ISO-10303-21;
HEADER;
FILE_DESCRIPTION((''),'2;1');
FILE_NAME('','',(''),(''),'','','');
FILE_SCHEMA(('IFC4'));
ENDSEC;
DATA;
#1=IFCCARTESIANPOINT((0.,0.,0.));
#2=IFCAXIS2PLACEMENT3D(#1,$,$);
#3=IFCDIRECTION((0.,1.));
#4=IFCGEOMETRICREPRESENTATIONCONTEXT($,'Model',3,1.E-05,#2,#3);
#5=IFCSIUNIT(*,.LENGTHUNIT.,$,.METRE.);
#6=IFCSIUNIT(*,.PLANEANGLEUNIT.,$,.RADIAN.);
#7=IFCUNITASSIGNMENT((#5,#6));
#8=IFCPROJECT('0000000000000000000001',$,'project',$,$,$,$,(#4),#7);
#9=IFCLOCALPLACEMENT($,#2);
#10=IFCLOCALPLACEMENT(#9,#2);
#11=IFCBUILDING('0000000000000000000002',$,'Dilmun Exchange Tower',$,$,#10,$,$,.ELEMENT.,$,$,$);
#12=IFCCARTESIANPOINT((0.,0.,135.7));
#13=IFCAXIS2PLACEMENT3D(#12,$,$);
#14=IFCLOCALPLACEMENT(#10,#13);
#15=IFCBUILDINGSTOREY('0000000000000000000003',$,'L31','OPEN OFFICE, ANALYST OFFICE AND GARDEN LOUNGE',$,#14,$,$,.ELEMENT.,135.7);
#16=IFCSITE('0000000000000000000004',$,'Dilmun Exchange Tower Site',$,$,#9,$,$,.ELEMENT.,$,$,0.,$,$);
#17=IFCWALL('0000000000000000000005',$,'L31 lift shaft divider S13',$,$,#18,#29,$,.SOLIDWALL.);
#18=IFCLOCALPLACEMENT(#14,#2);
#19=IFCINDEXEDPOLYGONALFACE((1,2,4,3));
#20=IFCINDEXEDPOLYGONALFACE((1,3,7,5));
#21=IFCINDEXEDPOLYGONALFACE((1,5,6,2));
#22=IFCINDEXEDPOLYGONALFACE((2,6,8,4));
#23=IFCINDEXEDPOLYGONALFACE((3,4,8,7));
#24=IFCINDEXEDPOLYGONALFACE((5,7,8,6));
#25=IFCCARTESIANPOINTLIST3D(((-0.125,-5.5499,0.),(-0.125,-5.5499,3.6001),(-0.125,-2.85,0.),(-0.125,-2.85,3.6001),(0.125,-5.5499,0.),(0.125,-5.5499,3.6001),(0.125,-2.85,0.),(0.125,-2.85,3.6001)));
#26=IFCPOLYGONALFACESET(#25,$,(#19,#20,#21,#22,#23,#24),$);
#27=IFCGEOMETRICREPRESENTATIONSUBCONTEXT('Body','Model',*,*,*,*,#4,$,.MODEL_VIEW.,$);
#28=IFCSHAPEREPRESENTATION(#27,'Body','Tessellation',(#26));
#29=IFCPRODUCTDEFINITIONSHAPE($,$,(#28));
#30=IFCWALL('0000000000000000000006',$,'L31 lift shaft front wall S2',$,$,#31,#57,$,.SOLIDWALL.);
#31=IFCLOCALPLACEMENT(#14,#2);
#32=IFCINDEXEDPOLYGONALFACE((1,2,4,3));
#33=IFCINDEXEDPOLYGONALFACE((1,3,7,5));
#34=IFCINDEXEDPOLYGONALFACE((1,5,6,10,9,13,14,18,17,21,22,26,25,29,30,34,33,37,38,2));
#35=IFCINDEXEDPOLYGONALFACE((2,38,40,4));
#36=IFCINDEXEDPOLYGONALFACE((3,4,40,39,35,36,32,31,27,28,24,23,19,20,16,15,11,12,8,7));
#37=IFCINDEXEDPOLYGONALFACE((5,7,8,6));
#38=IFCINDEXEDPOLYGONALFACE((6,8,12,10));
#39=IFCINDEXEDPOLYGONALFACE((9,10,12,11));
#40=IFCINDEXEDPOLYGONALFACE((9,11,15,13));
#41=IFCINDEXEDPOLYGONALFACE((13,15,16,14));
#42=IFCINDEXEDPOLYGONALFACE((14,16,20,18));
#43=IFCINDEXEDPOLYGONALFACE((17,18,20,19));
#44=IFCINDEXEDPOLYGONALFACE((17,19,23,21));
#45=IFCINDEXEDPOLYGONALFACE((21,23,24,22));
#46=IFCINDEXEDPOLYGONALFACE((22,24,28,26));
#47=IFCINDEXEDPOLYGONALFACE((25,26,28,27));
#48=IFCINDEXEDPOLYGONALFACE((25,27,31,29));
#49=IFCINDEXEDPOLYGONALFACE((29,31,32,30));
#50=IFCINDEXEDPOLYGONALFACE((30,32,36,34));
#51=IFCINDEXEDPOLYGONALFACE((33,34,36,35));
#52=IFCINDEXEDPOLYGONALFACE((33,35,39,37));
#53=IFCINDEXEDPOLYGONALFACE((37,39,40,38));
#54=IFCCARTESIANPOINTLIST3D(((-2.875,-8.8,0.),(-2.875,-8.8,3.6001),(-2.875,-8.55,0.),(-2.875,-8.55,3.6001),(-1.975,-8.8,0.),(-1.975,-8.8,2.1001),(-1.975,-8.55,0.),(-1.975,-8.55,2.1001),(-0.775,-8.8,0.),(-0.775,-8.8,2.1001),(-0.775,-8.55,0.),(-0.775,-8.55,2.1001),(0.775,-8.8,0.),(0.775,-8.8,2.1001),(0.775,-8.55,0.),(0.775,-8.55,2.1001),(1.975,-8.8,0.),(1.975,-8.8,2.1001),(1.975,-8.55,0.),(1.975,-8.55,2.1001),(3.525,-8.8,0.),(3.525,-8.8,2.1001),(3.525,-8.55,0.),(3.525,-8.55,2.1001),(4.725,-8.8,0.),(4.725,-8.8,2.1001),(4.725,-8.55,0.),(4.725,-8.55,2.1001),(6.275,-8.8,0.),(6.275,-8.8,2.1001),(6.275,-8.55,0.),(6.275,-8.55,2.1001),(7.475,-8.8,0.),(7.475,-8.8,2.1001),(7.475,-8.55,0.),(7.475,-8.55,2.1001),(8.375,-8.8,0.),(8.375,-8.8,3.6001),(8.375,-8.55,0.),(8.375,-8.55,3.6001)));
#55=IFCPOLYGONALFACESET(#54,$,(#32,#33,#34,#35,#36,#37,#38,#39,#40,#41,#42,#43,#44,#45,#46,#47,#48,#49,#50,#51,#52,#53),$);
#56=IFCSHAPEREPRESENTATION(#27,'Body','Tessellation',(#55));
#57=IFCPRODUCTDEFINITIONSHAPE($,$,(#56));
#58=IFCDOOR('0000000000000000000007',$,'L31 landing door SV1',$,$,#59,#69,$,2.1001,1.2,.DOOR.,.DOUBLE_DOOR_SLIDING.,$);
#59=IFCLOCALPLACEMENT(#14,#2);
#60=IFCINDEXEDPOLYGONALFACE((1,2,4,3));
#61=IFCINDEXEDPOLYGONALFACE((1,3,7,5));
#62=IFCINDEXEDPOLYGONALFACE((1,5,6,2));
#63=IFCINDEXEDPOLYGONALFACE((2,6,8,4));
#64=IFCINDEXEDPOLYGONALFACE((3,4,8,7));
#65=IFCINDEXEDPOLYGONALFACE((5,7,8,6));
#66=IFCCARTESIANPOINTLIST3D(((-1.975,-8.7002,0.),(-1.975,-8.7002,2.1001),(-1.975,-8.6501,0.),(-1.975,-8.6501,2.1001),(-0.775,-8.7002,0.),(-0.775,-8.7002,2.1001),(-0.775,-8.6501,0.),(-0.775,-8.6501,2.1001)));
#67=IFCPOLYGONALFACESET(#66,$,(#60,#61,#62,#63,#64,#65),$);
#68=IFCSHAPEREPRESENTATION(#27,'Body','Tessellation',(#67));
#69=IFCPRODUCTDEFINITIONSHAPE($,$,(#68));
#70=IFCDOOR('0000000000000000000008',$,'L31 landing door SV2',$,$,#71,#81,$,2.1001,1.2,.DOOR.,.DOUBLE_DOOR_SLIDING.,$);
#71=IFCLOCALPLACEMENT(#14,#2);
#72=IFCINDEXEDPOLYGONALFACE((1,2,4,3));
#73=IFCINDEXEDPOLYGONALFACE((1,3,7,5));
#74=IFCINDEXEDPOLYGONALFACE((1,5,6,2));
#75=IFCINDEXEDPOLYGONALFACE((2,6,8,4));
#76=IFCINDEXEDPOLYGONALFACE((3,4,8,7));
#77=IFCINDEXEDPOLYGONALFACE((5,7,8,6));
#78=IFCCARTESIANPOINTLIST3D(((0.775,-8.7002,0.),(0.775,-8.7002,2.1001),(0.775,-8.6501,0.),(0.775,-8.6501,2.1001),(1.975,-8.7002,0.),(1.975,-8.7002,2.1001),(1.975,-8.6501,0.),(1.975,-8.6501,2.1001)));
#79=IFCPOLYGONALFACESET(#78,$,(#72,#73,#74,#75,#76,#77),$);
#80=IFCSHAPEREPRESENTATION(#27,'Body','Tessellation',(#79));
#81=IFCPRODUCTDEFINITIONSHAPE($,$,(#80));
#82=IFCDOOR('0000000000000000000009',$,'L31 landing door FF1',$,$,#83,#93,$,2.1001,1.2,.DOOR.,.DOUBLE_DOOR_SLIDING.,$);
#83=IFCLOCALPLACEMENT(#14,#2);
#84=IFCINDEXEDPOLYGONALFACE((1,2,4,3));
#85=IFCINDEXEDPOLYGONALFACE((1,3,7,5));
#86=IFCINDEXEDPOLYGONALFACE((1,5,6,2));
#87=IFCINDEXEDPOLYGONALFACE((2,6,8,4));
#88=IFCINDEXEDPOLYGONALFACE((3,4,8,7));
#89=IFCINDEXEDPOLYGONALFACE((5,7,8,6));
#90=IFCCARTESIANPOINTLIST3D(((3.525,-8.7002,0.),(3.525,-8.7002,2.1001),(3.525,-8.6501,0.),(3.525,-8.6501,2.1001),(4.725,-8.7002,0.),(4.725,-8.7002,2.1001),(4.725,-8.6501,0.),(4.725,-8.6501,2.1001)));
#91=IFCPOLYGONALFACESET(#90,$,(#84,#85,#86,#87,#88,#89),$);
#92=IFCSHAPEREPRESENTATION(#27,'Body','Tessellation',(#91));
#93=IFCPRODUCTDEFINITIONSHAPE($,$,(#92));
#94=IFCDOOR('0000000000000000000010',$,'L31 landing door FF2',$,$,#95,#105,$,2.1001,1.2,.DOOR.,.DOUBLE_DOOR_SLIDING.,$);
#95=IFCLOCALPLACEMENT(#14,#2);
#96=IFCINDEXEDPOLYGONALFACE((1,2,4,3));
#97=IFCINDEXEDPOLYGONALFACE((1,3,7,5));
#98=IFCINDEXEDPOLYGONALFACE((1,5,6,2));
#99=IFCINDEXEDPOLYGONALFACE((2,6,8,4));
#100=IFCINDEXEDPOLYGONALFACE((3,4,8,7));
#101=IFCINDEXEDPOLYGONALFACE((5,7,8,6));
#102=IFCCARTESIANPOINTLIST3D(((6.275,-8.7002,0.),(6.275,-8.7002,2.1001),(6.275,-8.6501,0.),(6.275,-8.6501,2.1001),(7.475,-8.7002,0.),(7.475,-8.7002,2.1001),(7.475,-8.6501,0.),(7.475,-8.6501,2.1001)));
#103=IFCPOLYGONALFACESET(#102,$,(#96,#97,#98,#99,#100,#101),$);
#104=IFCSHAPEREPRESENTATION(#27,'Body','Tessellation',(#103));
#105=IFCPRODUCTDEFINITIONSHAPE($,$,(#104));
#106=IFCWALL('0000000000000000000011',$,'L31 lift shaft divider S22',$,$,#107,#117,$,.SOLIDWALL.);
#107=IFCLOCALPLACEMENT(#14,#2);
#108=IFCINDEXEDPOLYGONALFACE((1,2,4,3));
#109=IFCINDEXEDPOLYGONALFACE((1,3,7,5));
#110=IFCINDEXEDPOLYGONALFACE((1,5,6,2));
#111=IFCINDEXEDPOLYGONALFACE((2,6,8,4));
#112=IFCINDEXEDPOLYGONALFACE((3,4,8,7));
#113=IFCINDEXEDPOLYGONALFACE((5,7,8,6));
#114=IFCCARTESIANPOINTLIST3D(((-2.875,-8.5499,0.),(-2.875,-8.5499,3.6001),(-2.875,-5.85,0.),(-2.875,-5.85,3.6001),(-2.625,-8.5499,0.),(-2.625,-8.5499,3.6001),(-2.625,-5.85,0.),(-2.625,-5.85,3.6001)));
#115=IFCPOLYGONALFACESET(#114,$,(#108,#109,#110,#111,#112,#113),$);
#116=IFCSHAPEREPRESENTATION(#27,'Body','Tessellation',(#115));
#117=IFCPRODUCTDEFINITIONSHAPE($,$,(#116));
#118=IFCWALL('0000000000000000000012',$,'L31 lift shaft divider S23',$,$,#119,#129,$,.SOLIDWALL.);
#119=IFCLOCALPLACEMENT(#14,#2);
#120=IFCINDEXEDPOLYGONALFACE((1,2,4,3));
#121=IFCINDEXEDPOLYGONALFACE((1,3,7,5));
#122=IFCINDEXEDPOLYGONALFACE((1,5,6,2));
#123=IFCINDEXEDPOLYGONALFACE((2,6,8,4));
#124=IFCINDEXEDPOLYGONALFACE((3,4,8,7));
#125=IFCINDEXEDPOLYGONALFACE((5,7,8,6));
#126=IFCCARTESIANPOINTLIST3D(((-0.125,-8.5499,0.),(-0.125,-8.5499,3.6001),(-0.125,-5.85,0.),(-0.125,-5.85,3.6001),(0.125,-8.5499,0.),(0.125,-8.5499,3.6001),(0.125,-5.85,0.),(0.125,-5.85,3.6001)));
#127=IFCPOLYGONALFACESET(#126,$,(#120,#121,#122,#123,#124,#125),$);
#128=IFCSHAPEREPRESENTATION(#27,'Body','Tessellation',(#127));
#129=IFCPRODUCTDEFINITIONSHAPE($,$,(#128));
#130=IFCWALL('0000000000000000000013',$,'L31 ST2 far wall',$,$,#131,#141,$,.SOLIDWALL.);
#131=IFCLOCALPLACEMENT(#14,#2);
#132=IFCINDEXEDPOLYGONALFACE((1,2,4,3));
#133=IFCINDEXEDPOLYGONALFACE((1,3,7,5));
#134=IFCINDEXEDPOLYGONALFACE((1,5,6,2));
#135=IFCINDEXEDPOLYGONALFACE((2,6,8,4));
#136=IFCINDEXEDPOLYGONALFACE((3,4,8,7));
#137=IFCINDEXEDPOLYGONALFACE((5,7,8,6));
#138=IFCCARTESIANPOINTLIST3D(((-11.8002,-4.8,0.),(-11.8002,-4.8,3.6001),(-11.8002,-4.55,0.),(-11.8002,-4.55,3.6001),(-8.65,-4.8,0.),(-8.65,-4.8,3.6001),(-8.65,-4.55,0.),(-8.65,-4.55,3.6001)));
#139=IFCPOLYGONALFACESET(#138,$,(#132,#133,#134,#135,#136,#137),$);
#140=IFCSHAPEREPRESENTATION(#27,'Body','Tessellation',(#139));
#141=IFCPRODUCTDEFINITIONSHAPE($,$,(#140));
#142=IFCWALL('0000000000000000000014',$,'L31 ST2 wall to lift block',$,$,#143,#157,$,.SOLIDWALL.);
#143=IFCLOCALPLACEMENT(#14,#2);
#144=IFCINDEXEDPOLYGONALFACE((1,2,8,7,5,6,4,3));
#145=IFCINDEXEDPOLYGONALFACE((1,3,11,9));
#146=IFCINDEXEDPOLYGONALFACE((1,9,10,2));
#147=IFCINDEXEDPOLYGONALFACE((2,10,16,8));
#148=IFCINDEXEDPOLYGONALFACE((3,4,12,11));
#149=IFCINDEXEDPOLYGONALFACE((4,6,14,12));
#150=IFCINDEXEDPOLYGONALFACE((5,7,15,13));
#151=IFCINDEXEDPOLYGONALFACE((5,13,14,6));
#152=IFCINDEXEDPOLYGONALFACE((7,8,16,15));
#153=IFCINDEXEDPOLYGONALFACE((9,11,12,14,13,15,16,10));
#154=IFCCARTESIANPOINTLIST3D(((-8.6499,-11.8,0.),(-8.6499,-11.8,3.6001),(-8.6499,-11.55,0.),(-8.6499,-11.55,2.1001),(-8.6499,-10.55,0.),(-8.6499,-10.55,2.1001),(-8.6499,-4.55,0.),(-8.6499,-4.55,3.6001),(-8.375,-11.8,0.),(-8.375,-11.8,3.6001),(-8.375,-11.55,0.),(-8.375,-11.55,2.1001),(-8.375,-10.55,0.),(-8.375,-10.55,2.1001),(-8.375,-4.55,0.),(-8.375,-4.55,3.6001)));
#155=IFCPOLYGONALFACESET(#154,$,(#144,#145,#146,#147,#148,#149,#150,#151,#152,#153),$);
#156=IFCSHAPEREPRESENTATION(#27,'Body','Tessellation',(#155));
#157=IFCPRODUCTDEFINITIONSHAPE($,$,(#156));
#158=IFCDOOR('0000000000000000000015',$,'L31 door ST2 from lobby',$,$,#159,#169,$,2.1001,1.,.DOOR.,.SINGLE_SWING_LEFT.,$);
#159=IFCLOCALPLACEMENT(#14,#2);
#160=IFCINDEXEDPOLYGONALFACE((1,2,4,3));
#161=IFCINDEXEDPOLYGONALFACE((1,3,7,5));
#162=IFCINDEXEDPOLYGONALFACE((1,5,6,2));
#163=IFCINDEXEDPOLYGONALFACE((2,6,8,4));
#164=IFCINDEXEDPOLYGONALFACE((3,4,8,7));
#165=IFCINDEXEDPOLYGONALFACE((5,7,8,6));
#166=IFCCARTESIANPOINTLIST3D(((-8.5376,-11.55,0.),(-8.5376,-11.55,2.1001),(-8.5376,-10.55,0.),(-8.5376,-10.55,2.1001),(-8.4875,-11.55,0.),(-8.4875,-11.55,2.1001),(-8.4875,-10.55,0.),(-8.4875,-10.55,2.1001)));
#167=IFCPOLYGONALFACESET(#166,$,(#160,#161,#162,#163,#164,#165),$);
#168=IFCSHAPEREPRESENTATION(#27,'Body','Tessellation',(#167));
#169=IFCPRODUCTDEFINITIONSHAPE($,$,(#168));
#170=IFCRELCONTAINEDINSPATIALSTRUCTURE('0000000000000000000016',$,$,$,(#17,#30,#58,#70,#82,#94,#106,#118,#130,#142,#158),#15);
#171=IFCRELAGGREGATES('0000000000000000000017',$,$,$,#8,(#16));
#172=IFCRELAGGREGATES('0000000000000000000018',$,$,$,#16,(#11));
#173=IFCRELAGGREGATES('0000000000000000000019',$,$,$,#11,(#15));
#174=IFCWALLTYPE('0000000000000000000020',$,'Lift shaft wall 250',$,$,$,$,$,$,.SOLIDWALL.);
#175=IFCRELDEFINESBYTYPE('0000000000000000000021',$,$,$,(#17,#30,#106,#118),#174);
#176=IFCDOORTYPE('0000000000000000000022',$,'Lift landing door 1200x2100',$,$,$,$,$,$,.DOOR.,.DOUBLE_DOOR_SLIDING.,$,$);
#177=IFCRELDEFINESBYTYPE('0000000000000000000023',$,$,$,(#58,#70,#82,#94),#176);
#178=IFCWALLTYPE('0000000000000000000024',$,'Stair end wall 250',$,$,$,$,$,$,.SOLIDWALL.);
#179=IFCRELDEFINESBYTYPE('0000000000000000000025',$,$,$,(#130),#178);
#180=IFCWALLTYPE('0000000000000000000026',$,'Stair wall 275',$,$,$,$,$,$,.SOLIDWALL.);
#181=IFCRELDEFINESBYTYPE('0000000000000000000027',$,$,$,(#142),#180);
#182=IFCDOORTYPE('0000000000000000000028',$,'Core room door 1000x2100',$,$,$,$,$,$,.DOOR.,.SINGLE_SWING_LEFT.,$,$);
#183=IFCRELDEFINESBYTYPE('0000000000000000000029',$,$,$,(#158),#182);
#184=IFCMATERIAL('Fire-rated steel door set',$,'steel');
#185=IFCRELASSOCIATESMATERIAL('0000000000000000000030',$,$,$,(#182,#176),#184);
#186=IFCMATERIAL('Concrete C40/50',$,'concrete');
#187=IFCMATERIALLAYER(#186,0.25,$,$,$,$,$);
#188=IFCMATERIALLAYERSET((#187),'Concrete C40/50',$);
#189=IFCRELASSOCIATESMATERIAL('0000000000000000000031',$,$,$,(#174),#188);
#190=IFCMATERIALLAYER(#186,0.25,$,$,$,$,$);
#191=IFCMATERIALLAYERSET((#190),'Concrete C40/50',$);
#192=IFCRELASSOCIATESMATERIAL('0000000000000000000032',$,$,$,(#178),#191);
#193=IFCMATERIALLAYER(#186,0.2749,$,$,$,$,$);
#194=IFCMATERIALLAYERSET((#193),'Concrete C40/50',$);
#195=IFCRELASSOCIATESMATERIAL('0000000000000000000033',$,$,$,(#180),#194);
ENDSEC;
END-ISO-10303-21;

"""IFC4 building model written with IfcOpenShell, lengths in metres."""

from ifc_helpers import new_model, si_unit, direction, frame, frame_2d, origin, place, context, subcontext, project, spatial, rectangle, extrude, material, layer, layer_set, type_object, element, fill, save


model = new_model("IFC4")

# Units and contexts
model_context = context("Model", 3, precision=1e-05, world=origin(), true_north=direction((0.0, 1.0)))
body_context = subcontext(model_context, "Body", "Model", "MODEL_VIEW")
ifc_project = project(units=[si_unit("LENGTHUNIT", "METRE"), si_unit("PLANEANGLEUNIT", "RADIAN")], contexts=[model_context])

# Site, building, storey
site_placement = place(None, origin())
site = spatial("IfcSite", under=ifc_project, at=site_placement, Name="Dilmun Exchange Tower Site", CompositionType="ELEMENT", RefElevation=0.0)
building_placement = place(site_placement, origin())
building = spatial("IfcBuilding", under=site, at=building_placement, Name="Dilmun Exchange Tower", CompositionType="ELEMENT")
storey_placement = place(building_placement, frame((0.0, 0.0, 135.7)))
storey = spatial("IfcBuildingStorey", under=building, at=storey_placement, Name="L31", Description="OPEN OFFICE, ANALYST OFFICE AND GARDEN LOUNGE", CompositionType="ELEMENT", Elevation=135.7)

# Shared definitions
ifc_material_1 = material(Name="Concrete C40/50", Category="concrete")
ifc_material_2 = material(Name="Fire-rated steel door set", Category="steel")

# Shared definitions
door_type_1 = type_object("IfcDoorType", Name="Core room door 1000x2100", OperationType="SINGLE_SWING_LEFT", PredefinedType="DOOR", material=ifc_material_2)

# Wall
ifc_layer_1 = layer(ifc_material_1, 0.25)
ifc_layer_set_1 = layer_set([ifc_layer_1], Name="Concrete C40/50")
wall_type_1 = type_object("IfcWallType", Name="Lift shaft wall 250", PredefinedType="SOLIDWALL", material=ifc_layer_set_1)
for number, where, z_axis, x_axis, name in (
    (1, (0.0, -5.55, 0.0), (0.0, 0.0, 1.0), (0.0, 1.0, 0.0), "L31 lift shaft divider S13"),
):
    element("IfcWall", number, at=place(storey_placement, frame(where, z_axis=z_axis, x_axis=x_axis)), inside=storey, type_object=wall_type_1, Name=name, PredefinedType="SOLIDWALL", context=body_context, shape_type="SweptSolid", body=[
        extrude(rectangle(XDim=2.7, YDim=0.25, at=frame_2d((1.3501, 0.0))), origin(), (0.0, 0.0, 1.0), 3.6001),
    ])

# Wall, openings, doors
wall_1_placement = place(storey_placement, frame((-2.875, -8.675, 0.0), z_axis=(0.0, 0.0, 1.0), x_axis=(1.0, 0.0, 0.0)))
wall_1 = element("IfcWall", 2, at=wall_1_placement, inside=storey, type_object=wall_type_1, Name="L31 lift shaft front wall S2", PredefinedType="SOLIDWALL", context=body_context, shape_type="SweptSolid", body=[
    extrude(rectangle(XDim=11.25, YDim=0.25, at=frame_2d((5.625, 0.0))), origin(), (0.0, 0.0, 1.0), 3.6001),
])
opening_1_placement = place(wall_1_placement, frame((0.8999, 0.0, 0.0)))
opening_1 = element("IfcOpeningElement", 3, at=opening_1_placement, cuts=wall_1, PredefinedType="OPENING", context=body_context, shape_type="SweptSolid", body=[
    extrude(rectangle(XDim=1.2, YDim=2.1001, at=frame_2d((0.6001, 1.05))), frame((0.0, 0.135, 0.0), z_axis=(0.0, -1.0, 0.0), x_axis=(1.0, 0.0, 0.0)), (0.0, 0.0, 1.0), 0.27),
])
opening_2_placement = place(wall_1_placement, frame((3.6499, 0.0, 0.0)))
opening_2 = element("IfcOpeningElement", 4, at=opening_2_placement, cuts=wall_1, PredefinedType="OPENING", context=body_context, shape_type="SweptSolid", body=[
    extrude(rectangle(XDim=1.2, YDim=2.1001, at=frame_2d((0.6001, 1.05))), frame((0.0, 0.135, 0.0), z_axis=(0.0, -1.0, 0.0), x_axis=(1.0, 0.0, 0.0)), (0.0, 0.0, 1.0), 0.27),
])
opening_3_placement = place(wall_1_placement, frame((6.3999, 0.0, 0.0)))
opening_3 = element("IfcOpeningElement", 5, at=opening_3_placement, cuts=wall_1, PredefinedType="OPENING", context=body_context, shape_type="SweptSolid", body=[
    extrude(rectangle(XDim=1.2, YDim=2.1001, at=frame_2d((0.6001, 1.05))), frame((0.0, 0.135, 0.0), z_axis=(0.0, -1.0, 0.0), x_axis=(1.0, 0.0, 0.0)), (0.0, 0.0, 1.0), 0.27),
])
opening_4_placement = place(wall_1_placement, frame((9.1499, 0.0, 0.0)))
opening_4 = element("IfcOpeningElement", 6, at=opening_4_placement, cuts=wall_1, PredefinedType="OPENING", context=body_context, shape_type="SweptSolid", body=[
    extrude(rectangle(XDim=1.2, YDim=2.1001, at=frame_2d((0.6001, 1.05))), frame((0.0, 0.135, 0.0), z_axis=(0.0, -1.0, 0.0), x_axis=(1.0, 0.0, 0.0)), (0.0, 0.0, 1.0), 0.27),
])
door_type_2 = type_object("IfcDoorType", Name="Lift landing door 1200x2100", OperationType="DOUBLE_DOOR_SLIDING", PredefinedType="DOOR", material=ifc_material_2)
door_1_placement = place(opening_1_placement, origin())
door_1 = element("IfcDoor", 7, at=door_1_placement, inside=storey, type_object=door_type_2, Name="L31 landing door SV1", OperationType="DOUBLE_DOOR_SLIDING", OverallHeight=2.1001, OverallWidth=1.2, PredefinedType="DOOR", context=body_context, shape_type="SweptSolid", body=[
    extrude(rectangle(XDim=1.2, YDim=2.1001, at=frame_2d((0.6001, 1.05))), frame((0.0, 0.0249, 0.0), z_axis=(0.0, -1.0, 0.0), x_axis=(1.0, 0.0, 0.0)), (0.0, 0.0, 1.0), 0.05),
])
fill(opening_1, door_1)
door_2_placement = place(opening_2_placement, origin())
door_2 = element("IfcDoor", 8, at=door_2_placement, inside=storey, type_object=door_type_2, Name="L31 landing door SV2", OperationType="DOUBLE_DOOR_SLIDING", OverallHeight=2.1001, OverallWidth=1.2, PredefinedType="DOOR", context=body_context, shape_type="SweptSolid", body=[
    extrude(rectangle(XDim=1.2, YDim=2.1001, at=frame_2d((0.6001, 1.05))), frame((0.0, 0.0249, 0.0), z_axis=(0.0, -1.0, 0.0), x_axis=(1.0, 0.0, 0.0)), (0.0, 0.0, 1.0), 0.05),
])
fill(opening_2, door_2)
door_3_placement = place(opening_3_placement, origin())
door_3 = element("IfcDoor", 9, at=door_3_placement, inside=storey, type_object=door_type_2, Name="L31 landing door FF1", OperationType="DOUBLE_DOOR_SLIDING", OverallHeight=2.1001, OverallWidth=1.2, PredefinedType="DOOR", context=body_context, shape_type="SweptSolid", body=[
    extrude(rectangle(XDim=1.2, YDim=2.1001, at=frame_2d((0.6001, 1.05))), frame((0.0, 0.0249, 0.0), z_axis=(0.0, -1.0, 0.0), x_axis=(1.0, 0.0, 0.0)), (0.0, 0.0, 1.0), 0.05),
])
fill(opening_3, door_3)
door_4_placement = place(opening_4_placement, origin())
door_4 = element("IfcDoor", 10, at=door_4_placement, inside=storey, type_object=door_type_2, Name="L31 landing door FF2", OperationType="DOUBLE_DOOR_SLIDING", OverallHeight=2.1001, OverallWidth=1.2, PredefinedType="DOOR", context=body_context, shape_type="SweptSolid", body=[
    extrude(rectangle(XDim=1.2, YDim=2.1001, at=frame_2d((0.6001, 1.05))), frame((0.0, 0.0249, 0.0), z_axis=(0.0, -1.0, 0.0), x_axis=(1.0, 0.0, 0.0)), (0.0, 0.0, 1.0), 0.05),
])
fill(opening_4, door_4)

# Walls
for number, where, z_axis, x_axis, name in (
    (11, (-2.75, -8.55, 0.0), (0.0, 0.0, 1.0), (0.0, 1.0, 0.0), "L31 lift shaft divider S22"),
    (12, (0.0, -8.55, 0.0), (0.0, 0.0, 1.0), (0.0, 1.0, 0.0), "L31 lift shaft divider S23"),
):
    element("IfcWall", number, at=place(storey_placement, frame(where, z_axis=z_axis, x_axis=x_axis)), inside=storey, type_object=wall_type_1, Name=name, PredefinedType="SOLIDWALL", context=body_context, shape_type="SweptSolid", body=[
        extrude(rectangle(XDim=2.7, YDim=0.25, at=frame_2d((1.3501, 0.0))), origin(), (0.0, 0.0, 1.0), 3.6001),
    ])
ifc_layer_2 = layer(ifc_material_1, 0.25)
ifc_layer_set_2 = layer_set([ifc_layer_2], Name="Concrete C40/50")
wall_type_2 = type_object("IfcWallType", Name="Stair end wall 250", PredefinedType="SOLIDWALL", material=ifc_layer_set_2)
wall_2_placement = place(storey_placement, frame((-8.6499, -4.675, 0.0), z_axis=(0.0, 0.0, 1.0), x_axis=(-1.0, 0.0, 0.0)))
element("IfcWall", 13, at=wall_2_placement, inside=storey, type_object=wall_type_2, Name="L31 ST2 far wall", PredefinedType="SOLIDWALL", context=body_context, shape_type="SweptSolid", body=[
    extrude(rectangle(XDim=3.1501, YDim=0.25, at=frame_2d((1.5752, 0.0))), origin(), (0.0, 0.0, 1.0), 3.6001),
])

# Wall, opening, door
ifc_layer_3 = layer(ifc_material_1, 0.2749)
ifc_layer_set_3 = layer_set([ifc_layer_3], Name="Concrete C40/50")
wall_type_3 = type_object("IfcWallType", Name="Stair wall 275", PredefinedType="SOLIDWALL", material=ifc_layer_set_3)
wall_3_placement = place(storey_placement, frame((-8.5125, -4.55, 0.0), z_axis=(0.0, 0.0, 1.0), x_axis=(0.0, -1.0, 0.0)))
wall_3 = element("IfcWall", 14, at=wall_3_placement, inside=storey, type_object=wall_type_3, Name="L31 ST2 wall to lift block", PredefinedType="SOLIDWALL", context=body_context, shape_type="SweptSolid", body=[
    extrude(rectangle(XDim=7.25, YDim=0.2749, at=frame_2d((3.625, 0.0))), origin(), (0.0, 0.0, 1.0), 3.6001),
])
opening_5_placement = place(wall_3_placement, frame((6.0, 0.0, 0.0)))
opening_5 = element("IfcOpeningElement", 15, at=opening_5_placement, cuts=wall_3, PredefinedType="OPENING", context=body_context, shape_type="SweptSolid", body=[
    extrude(rectangle(XDim=1.0, YDim=2.1001, at=frame_2d((0.5, 1.05))), frame((0.0, 0.1475, 0.0), z_axis=(0.0, -1.0, 0.0), x_axis=(1.0, 0.0, 0.0)), (0.0, 0.0, 1.0), 0.2949),
])
door_5_placement = place(opening_5_placement, origin())
door_5 = element("IfcDoor", 16, at=door_5_placement, inside=storey, type_object=door_type_1, Name="L31 door ST2 from lobby", OperationType="SINGLE_SWING_LEFT", OverallHeight=2.1001, OverallWidth=1.0, PredefinedType="DOOR", context=body_context, shape_type="SweptSolid", body=[
    extrude(rectangle(XDim=1.0, YDim=2.1001, at=frame_2d((0.5, 1.05))), frame((0.0, 0.0249, 0.0), z_axis=(0.0, -1.0, 0.0), x_axis=(1.0, 0.0, 0.0)), (0.0, 0.0, 1.0), 0.05),
])
fill(opening_5, door_5)

save(model, "model.ifc")
